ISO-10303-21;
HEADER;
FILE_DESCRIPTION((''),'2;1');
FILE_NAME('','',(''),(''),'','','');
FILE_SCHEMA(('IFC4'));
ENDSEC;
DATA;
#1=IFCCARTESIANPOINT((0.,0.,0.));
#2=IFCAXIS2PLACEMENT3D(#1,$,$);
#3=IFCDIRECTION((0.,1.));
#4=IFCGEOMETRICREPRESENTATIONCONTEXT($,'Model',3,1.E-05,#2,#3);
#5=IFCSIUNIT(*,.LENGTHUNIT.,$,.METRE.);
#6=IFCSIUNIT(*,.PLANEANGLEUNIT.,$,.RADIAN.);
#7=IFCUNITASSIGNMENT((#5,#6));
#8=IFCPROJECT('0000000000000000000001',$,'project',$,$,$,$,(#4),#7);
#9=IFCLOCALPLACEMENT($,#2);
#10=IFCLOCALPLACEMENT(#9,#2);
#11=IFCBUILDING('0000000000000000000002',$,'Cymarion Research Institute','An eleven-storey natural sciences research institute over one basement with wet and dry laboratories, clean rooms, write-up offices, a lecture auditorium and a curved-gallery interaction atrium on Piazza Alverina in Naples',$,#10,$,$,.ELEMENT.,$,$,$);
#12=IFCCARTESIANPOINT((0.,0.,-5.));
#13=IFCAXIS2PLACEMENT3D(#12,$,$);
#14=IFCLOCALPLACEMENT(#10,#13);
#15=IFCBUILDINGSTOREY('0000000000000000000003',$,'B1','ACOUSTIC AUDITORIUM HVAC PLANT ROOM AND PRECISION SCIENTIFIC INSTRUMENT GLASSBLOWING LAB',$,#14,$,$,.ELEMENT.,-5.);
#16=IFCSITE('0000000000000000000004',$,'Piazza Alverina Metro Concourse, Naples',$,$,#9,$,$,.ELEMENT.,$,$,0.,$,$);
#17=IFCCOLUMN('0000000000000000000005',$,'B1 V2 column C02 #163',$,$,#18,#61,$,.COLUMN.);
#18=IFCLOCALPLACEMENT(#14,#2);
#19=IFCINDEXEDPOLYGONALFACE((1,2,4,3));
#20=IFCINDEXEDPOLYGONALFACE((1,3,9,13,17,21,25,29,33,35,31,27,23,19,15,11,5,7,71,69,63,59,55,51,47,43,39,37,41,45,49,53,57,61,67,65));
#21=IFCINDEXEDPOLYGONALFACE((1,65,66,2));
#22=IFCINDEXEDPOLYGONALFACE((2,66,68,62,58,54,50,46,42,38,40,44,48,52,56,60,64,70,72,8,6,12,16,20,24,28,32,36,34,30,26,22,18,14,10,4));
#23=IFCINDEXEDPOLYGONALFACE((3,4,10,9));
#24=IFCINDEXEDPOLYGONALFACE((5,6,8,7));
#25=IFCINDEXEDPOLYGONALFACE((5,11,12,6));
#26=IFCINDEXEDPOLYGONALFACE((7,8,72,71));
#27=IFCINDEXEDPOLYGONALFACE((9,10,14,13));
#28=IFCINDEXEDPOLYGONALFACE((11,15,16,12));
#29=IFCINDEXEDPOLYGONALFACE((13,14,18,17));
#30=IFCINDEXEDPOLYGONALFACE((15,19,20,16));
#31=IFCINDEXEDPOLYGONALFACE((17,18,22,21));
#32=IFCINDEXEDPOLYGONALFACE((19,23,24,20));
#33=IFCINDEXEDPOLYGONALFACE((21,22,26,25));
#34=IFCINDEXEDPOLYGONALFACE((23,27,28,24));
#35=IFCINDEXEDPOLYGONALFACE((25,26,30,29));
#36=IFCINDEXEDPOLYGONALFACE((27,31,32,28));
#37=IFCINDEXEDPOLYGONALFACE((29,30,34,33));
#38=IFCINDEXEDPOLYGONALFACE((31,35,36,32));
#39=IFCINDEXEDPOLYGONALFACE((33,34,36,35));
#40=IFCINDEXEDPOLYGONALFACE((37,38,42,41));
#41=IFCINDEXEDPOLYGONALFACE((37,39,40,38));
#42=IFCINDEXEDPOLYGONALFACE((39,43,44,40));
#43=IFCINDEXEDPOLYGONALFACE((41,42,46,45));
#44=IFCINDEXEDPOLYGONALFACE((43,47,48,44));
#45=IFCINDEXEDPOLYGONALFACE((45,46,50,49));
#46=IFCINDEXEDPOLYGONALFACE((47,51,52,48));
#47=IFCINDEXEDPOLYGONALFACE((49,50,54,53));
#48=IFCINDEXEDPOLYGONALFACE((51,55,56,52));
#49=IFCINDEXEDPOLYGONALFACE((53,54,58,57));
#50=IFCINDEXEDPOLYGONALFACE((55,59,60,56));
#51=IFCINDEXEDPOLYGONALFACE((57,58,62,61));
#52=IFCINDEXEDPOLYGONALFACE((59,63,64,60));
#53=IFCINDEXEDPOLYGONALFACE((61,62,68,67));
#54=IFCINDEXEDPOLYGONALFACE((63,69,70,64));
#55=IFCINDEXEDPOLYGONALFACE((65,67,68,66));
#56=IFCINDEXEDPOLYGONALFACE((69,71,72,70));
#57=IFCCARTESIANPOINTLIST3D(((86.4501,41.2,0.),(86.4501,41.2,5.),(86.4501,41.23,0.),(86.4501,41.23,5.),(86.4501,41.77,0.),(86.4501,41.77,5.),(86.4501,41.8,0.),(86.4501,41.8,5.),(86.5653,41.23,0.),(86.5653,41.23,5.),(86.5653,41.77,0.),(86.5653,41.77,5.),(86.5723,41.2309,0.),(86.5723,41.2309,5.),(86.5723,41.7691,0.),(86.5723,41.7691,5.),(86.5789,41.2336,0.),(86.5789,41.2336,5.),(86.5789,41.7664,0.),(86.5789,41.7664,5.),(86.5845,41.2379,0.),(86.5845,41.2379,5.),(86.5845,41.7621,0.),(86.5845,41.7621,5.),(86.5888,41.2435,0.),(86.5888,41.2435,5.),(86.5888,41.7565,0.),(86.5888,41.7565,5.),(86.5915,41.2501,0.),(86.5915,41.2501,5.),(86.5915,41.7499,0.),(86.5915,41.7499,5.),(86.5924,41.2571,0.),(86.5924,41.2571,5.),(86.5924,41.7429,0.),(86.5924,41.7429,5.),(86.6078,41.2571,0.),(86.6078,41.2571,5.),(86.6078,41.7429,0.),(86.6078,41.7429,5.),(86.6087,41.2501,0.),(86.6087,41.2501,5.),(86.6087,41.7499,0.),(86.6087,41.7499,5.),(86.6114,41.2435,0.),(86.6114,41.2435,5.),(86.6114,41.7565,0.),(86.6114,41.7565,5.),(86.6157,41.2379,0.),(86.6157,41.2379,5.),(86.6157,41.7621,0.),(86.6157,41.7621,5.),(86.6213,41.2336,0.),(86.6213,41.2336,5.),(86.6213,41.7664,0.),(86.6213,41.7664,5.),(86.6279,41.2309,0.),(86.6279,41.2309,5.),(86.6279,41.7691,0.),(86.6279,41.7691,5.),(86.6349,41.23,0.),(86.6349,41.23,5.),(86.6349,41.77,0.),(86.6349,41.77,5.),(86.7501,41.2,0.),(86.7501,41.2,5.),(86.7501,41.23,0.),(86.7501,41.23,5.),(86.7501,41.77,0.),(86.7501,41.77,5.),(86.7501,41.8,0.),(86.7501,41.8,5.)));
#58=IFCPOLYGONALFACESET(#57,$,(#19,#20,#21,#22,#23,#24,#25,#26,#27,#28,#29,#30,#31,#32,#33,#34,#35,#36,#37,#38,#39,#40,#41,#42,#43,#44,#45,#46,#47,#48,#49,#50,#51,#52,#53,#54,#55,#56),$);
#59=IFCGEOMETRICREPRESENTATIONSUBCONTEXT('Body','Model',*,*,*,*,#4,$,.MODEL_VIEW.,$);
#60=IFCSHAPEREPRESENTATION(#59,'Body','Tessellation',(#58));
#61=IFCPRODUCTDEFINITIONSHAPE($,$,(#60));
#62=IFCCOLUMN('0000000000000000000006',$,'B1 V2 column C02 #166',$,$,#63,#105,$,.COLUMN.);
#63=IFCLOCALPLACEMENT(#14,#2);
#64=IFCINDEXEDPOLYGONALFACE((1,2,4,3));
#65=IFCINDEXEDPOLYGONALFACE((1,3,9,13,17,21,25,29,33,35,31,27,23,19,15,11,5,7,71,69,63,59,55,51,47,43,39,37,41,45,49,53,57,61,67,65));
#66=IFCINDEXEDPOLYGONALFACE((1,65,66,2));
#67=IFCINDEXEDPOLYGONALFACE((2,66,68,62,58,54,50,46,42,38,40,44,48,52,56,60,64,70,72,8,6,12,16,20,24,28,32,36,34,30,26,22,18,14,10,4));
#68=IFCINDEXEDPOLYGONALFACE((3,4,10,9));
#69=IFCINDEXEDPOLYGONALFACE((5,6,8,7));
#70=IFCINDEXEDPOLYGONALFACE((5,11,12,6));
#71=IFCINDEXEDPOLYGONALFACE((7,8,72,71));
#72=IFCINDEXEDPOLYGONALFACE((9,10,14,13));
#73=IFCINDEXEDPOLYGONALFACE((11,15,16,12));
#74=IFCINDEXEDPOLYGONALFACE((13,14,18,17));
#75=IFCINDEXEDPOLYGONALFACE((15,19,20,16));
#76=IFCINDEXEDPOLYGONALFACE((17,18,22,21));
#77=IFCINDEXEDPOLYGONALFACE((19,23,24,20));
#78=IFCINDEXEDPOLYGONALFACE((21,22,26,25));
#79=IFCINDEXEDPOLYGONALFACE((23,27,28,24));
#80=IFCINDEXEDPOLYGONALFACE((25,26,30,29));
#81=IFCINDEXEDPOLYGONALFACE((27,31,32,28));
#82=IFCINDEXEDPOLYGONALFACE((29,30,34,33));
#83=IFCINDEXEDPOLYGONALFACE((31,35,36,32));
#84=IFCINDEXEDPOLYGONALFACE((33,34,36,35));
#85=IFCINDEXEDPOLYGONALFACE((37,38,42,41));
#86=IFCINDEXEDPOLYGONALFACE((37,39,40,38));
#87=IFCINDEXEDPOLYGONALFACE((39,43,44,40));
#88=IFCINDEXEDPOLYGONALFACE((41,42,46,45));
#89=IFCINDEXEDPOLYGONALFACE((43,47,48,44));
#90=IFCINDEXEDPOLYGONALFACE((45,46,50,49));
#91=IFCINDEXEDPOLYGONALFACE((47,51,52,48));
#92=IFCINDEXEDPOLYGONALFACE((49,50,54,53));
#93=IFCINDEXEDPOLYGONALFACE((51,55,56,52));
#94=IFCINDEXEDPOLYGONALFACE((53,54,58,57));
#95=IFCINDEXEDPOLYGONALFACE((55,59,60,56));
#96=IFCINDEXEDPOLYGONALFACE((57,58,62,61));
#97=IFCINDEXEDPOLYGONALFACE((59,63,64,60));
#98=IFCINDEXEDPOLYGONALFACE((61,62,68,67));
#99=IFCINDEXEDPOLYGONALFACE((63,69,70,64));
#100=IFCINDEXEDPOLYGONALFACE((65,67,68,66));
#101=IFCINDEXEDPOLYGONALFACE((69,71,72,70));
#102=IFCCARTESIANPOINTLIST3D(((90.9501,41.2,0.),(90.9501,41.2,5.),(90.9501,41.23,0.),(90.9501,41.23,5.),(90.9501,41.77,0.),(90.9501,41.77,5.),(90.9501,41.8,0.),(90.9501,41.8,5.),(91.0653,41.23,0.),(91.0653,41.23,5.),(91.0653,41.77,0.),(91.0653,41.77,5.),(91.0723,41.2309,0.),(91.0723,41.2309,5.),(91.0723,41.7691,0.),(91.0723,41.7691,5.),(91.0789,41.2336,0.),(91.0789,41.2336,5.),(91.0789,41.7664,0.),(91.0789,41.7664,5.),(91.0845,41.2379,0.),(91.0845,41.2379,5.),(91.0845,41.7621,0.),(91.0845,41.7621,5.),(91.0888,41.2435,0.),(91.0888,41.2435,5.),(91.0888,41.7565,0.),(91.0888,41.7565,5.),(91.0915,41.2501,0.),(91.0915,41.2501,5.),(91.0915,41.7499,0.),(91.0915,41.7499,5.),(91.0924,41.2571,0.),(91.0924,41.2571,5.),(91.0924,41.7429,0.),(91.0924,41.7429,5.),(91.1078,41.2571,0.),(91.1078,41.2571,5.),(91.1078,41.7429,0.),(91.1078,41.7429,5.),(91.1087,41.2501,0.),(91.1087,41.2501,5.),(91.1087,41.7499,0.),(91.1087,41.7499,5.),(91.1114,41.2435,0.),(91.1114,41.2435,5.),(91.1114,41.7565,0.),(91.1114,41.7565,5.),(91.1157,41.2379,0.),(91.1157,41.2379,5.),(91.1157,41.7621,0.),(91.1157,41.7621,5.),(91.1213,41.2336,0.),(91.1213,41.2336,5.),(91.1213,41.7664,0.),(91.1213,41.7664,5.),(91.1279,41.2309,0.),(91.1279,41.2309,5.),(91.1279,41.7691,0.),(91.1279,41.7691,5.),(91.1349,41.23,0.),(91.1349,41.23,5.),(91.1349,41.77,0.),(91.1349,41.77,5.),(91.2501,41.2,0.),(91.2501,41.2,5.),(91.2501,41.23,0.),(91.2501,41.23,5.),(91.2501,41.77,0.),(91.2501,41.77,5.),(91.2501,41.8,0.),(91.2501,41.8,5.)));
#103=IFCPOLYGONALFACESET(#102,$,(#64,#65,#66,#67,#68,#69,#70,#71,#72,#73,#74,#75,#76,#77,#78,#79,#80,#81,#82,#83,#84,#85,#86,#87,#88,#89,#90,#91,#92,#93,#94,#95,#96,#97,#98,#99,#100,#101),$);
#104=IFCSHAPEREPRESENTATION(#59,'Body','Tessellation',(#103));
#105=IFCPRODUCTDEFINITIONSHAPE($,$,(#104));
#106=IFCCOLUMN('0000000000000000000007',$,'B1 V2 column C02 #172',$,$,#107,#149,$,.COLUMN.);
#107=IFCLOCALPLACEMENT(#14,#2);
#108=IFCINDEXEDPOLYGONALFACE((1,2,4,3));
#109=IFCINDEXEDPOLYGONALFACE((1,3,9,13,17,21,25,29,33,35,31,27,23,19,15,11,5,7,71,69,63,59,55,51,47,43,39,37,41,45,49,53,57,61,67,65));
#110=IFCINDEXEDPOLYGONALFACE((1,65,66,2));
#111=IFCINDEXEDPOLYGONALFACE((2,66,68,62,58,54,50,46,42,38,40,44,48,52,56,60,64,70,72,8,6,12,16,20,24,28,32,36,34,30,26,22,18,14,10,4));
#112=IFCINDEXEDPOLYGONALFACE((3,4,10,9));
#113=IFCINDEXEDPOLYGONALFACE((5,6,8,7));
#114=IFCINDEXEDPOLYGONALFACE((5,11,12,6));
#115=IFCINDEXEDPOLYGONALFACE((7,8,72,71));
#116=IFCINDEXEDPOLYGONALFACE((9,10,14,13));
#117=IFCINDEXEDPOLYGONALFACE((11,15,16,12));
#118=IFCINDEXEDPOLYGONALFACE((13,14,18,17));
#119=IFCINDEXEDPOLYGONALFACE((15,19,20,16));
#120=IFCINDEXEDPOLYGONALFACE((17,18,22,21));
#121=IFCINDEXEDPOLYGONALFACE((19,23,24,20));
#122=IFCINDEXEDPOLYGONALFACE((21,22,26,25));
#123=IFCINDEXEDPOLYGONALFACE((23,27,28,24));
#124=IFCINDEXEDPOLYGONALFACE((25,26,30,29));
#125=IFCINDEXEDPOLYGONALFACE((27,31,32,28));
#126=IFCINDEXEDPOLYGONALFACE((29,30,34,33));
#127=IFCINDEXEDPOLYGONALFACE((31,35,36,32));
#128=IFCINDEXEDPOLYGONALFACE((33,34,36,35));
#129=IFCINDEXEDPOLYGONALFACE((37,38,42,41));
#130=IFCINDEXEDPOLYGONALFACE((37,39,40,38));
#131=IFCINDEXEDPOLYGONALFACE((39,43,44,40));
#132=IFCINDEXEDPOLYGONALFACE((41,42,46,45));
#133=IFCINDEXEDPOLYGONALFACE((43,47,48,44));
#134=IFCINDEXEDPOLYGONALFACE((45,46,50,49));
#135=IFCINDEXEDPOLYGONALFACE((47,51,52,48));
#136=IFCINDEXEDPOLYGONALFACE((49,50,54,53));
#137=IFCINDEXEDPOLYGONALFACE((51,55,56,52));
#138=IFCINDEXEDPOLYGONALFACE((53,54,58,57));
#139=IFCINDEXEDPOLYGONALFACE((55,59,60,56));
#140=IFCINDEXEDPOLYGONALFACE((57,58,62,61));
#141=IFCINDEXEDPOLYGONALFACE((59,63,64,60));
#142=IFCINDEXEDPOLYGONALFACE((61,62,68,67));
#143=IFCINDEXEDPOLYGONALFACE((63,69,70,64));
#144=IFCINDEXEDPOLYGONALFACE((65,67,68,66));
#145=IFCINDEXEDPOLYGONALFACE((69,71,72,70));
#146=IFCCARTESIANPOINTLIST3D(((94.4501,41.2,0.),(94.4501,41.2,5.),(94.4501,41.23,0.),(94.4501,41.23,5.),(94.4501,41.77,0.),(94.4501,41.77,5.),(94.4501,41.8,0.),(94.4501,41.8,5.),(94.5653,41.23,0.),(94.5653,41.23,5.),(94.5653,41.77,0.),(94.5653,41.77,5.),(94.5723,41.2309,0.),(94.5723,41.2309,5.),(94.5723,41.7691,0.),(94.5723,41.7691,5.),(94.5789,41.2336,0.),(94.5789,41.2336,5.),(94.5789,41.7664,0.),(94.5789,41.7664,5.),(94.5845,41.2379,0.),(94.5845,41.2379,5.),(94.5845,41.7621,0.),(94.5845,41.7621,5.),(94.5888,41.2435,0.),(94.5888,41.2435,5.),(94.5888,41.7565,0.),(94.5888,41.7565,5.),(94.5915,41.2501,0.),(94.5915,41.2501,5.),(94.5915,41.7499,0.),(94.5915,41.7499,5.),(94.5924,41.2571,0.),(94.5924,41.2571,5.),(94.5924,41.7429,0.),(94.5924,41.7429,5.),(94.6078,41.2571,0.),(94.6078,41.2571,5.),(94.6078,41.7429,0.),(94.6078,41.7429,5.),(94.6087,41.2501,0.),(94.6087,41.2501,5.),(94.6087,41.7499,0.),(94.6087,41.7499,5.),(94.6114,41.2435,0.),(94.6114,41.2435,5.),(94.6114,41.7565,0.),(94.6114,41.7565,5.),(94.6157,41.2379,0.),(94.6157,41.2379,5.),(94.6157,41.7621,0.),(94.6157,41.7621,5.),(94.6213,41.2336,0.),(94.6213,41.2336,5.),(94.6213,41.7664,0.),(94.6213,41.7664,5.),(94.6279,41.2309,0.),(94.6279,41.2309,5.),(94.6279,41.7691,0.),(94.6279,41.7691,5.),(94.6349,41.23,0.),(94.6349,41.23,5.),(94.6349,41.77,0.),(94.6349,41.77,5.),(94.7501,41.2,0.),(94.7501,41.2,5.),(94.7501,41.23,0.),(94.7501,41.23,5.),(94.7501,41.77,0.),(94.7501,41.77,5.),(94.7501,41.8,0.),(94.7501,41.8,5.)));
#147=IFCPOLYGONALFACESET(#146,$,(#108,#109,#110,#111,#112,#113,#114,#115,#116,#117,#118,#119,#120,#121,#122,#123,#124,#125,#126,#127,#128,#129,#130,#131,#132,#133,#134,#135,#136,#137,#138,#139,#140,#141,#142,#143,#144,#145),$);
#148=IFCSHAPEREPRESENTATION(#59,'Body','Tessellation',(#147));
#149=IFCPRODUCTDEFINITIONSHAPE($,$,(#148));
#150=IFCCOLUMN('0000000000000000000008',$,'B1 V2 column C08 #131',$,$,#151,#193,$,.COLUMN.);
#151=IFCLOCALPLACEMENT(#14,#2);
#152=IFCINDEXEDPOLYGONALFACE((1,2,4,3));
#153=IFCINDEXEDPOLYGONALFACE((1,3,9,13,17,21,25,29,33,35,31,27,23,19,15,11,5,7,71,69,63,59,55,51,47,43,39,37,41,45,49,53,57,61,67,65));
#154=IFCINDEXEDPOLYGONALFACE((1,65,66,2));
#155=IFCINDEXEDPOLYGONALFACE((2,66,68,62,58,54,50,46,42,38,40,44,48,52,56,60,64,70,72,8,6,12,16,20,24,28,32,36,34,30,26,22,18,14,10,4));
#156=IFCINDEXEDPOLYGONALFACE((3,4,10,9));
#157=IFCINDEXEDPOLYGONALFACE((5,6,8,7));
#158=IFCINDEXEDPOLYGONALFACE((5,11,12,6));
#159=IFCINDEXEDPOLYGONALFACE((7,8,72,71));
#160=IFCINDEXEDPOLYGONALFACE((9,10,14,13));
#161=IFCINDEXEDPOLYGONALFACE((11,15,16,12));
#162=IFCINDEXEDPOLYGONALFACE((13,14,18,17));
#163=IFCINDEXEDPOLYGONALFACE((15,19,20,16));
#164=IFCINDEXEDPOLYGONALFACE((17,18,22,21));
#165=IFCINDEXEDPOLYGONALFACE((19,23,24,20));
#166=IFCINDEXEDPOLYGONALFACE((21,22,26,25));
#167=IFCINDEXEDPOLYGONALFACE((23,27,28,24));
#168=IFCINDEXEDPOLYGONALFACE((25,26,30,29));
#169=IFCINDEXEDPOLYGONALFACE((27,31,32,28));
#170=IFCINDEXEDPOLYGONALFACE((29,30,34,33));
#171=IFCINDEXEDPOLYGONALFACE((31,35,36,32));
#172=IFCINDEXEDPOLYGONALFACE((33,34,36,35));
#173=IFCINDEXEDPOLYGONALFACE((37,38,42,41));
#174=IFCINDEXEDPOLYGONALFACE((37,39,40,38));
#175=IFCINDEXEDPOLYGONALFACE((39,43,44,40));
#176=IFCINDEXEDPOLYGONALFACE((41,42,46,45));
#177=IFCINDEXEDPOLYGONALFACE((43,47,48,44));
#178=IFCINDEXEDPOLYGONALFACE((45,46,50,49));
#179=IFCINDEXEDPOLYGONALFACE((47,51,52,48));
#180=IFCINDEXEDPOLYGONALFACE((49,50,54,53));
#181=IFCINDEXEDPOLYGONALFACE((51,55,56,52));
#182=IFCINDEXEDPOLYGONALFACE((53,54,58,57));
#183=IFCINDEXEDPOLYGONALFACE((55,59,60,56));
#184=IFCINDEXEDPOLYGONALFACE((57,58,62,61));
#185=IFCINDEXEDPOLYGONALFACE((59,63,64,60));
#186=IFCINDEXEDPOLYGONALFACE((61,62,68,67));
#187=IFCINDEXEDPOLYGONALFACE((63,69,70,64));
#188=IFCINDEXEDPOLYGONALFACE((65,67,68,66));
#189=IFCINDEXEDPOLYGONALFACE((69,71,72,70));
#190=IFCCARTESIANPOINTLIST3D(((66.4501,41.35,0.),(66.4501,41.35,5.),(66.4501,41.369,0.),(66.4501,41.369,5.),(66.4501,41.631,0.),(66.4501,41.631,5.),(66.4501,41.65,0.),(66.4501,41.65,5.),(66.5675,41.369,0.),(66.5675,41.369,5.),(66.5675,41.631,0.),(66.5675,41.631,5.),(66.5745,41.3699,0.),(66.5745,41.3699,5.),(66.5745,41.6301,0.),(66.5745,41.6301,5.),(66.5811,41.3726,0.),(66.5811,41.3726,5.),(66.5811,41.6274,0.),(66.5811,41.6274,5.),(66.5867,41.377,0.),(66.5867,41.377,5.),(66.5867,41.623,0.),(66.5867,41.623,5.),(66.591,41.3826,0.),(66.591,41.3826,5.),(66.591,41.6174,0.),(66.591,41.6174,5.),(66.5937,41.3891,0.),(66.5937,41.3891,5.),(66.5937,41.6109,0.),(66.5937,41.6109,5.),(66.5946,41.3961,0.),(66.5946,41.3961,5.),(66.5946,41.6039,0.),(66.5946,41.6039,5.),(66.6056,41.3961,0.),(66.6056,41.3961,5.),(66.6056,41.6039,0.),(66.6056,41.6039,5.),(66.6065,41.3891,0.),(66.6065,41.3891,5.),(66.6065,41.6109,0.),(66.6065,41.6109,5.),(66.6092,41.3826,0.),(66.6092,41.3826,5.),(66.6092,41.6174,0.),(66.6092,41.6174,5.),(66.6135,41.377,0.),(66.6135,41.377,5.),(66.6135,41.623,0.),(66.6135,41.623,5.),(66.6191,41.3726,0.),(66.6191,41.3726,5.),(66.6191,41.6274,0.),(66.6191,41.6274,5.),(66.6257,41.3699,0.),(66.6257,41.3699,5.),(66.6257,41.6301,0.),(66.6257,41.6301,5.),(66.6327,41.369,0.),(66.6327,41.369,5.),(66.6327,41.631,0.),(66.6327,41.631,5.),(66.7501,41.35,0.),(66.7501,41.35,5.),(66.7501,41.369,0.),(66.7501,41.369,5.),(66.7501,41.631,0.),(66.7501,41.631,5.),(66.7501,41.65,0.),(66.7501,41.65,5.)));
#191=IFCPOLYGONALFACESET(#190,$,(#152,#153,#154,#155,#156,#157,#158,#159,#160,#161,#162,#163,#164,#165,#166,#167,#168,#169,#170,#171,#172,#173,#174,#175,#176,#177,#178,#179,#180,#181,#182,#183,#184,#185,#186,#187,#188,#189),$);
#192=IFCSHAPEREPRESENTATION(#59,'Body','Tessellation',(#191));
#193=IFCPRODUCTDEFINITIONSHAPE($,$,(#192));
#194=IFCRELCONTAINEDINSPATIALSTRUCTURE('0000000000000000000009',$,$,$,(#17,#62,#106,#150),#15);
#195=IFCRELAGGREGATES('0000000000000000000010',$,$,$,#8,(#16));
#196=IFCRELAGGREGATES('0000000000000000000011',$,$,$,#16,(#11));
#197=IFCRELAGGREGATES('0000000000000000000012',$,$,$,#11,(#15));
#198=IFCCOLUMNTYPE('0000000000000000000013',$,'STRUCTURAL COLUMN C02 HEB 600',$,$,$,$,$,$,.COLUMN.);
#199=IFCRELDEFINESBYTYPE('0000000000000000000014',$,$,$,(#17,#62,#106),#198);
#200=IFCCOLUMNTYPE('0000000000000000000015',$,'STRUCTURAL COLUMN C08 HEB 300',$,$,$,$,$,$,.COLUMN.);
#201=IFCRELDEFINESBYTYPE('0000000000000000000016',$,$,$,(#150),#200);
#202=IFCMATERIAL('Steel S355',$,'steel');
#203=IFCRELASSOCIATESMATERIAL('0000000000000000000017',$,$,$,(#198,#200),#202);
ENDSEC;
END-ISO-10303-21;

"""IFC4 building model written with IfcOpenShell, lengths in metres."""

from ifc_helpers import new_model, si_unit, direction, frame, origin, origin_2d, place, context, subcontext, project, spatial, i_section, extrude, material, material_profile, profile_set, type_object, element, save


model = new_model("IFC4")

# Units and contexts
model_context = context("Model", 3, precision=1e-05, world=origin(), true_north=direction((0.0, 1.0)))
body_context = subcontext(model_context, "Body", "Model", "MODEL_VIEW")
ifc_project = project(units=[si_unit("LENGTHUNIT", "METRE"), si_unit("PLANEANGLEUNIT", "RADIAN")], contexts=[model_context])

# Site, building, storey
site_placement = place(None, origin())
site = spatial("IfcSite", under=ifc_project, at=site_placement, Name="Piazza Alverina Metro Concourse, Naples", CompositionType="ELEMENT", RefElevation=0.0)
building_placement = place(site_placement, origin())
building = spatial("IfcBuilding", under=site, at=building_placement, Name="Cymarion Research Institute", Description="An eleven-storey natural sciences research institute over one basement with wet and dry laboratories, clean rooms, write-up offices, a lecture auditorium and a curved-gallery interaction atrium on Piazza Alverina in Naples", CompositionType="ELEMENT")
storey_placement = place(building_placement, frame((0.0, 0.0, -5.0)))
storey = spatial("IfcBuildingStorey", under=building, at=storey_placement, Name="B1", Description="ACOUSTIC AUDITORIUM HVAC PLANT ROOM AND PRECISION SCIENTIFIC INSTRUMENT GLASSBLOWING LAB", CompositionType="ELEMENT", Elevation=-5.0)

# Columns
ifc_material_1 = material(Name="Steel S355", Category="steel")
ifc_material_profile_1 = material_profile(ifc_material_1, i_section(OverallWidth=0.3, OverallDepth=0.6001, WebThickness=0.0154, FlangeThickness=0.03, FilletRadius=0.0271, at=origin_2d()), Name="HEB 600")
ifc_profile_set_1 = profile_set([ifc_material_profile_1], Name="Steel S355")
column_type_1 = type_object("IfcColumnType", Name="STRUCTURAL COLUMN C02 HEB 600", PredefinedType="COLUMN", material=ifc_profile_set_1)
for number, where, z_axis, x_axis, name in (
    (1, (86.6001, 41.5, 0.0), (0.0, 0.0, 1.0), (1.0, 0.0, 0.0), "B1 V2 column C02 #163"),
    (2, (91.1001, 41.5, 0.0), (0.0, 0.0, 1.0), (1.0, 0.0, 0.0), "B1 V2 column C02 #166"),
    (3, (94.6001, 41.5, 0.0), (0.0, 0.0, 1.0), (1.0, 0.0, 0.0), "B1 V2 column C02 #172"),
):
    element("IfcColumn", number, at=place(storey_placement, frame(where, z_axis=z_axis, x_axis=x_axis)), inside=storey, type_object=column_type_1, Name=name, PredefinedType="COLUMN", context=body_context, shape_type="SweptSolid", body=[
        extrude(i_section(OverallWidth=0.3, OverallDepth=0.6001, WebThickness=0.0154, FlangeThickness=0.03, FilletRadius=0.0271, at=origin_2d()), origin(), (0.0, 0.0, 1.0), 5.0),
    ])
ifc_material_profile_2 = material_profile(ifc_material_1, i_section(OverallWidth=0.3, OverallDepth=0.3, WebThickness=0.011, FlangeThickness=0.019, FilletRadius=0.0271, at=origin_2d()), Name="HEB 300")
ifc_profile_set_2 = profile_set([ifc_material_profile_2], Name="Steel S355")
column_type_2 = type_object("IfcColumnType", Name="STRUCTURAL COLUMN C08 HEB 300", PredefinedType="COLUMN", material=ifc_profile_set_2)
for number, where, z_axis, x_axis, name in (
    (4, (66.6001, 41.5, 0.0), (0.0, 0.0, 1.0), (1.0, 0.0, 0.0), "B1 V2 column C08 #131"),
):
    element("IfcColumn", number, at=place(storey_placement, frame(where, z_axis=z_axis, x_axis=x_axis)), inside=storey, type_object=column_type_2, Name=name, PredefinedType="COLUMN", context=body_context, shape_type="SweptSolid", body=[
        extrude(i_section(OverallWidth=0.3, OverallDepth=0.3, WebThickness=0.011, FlangeThickness=0.019, FilletRadius=0.0271, at=origin_2d()), origin(), (0.0, 0.0, 1.0), 5.0),
    ])

save(model, "model.ifc")
